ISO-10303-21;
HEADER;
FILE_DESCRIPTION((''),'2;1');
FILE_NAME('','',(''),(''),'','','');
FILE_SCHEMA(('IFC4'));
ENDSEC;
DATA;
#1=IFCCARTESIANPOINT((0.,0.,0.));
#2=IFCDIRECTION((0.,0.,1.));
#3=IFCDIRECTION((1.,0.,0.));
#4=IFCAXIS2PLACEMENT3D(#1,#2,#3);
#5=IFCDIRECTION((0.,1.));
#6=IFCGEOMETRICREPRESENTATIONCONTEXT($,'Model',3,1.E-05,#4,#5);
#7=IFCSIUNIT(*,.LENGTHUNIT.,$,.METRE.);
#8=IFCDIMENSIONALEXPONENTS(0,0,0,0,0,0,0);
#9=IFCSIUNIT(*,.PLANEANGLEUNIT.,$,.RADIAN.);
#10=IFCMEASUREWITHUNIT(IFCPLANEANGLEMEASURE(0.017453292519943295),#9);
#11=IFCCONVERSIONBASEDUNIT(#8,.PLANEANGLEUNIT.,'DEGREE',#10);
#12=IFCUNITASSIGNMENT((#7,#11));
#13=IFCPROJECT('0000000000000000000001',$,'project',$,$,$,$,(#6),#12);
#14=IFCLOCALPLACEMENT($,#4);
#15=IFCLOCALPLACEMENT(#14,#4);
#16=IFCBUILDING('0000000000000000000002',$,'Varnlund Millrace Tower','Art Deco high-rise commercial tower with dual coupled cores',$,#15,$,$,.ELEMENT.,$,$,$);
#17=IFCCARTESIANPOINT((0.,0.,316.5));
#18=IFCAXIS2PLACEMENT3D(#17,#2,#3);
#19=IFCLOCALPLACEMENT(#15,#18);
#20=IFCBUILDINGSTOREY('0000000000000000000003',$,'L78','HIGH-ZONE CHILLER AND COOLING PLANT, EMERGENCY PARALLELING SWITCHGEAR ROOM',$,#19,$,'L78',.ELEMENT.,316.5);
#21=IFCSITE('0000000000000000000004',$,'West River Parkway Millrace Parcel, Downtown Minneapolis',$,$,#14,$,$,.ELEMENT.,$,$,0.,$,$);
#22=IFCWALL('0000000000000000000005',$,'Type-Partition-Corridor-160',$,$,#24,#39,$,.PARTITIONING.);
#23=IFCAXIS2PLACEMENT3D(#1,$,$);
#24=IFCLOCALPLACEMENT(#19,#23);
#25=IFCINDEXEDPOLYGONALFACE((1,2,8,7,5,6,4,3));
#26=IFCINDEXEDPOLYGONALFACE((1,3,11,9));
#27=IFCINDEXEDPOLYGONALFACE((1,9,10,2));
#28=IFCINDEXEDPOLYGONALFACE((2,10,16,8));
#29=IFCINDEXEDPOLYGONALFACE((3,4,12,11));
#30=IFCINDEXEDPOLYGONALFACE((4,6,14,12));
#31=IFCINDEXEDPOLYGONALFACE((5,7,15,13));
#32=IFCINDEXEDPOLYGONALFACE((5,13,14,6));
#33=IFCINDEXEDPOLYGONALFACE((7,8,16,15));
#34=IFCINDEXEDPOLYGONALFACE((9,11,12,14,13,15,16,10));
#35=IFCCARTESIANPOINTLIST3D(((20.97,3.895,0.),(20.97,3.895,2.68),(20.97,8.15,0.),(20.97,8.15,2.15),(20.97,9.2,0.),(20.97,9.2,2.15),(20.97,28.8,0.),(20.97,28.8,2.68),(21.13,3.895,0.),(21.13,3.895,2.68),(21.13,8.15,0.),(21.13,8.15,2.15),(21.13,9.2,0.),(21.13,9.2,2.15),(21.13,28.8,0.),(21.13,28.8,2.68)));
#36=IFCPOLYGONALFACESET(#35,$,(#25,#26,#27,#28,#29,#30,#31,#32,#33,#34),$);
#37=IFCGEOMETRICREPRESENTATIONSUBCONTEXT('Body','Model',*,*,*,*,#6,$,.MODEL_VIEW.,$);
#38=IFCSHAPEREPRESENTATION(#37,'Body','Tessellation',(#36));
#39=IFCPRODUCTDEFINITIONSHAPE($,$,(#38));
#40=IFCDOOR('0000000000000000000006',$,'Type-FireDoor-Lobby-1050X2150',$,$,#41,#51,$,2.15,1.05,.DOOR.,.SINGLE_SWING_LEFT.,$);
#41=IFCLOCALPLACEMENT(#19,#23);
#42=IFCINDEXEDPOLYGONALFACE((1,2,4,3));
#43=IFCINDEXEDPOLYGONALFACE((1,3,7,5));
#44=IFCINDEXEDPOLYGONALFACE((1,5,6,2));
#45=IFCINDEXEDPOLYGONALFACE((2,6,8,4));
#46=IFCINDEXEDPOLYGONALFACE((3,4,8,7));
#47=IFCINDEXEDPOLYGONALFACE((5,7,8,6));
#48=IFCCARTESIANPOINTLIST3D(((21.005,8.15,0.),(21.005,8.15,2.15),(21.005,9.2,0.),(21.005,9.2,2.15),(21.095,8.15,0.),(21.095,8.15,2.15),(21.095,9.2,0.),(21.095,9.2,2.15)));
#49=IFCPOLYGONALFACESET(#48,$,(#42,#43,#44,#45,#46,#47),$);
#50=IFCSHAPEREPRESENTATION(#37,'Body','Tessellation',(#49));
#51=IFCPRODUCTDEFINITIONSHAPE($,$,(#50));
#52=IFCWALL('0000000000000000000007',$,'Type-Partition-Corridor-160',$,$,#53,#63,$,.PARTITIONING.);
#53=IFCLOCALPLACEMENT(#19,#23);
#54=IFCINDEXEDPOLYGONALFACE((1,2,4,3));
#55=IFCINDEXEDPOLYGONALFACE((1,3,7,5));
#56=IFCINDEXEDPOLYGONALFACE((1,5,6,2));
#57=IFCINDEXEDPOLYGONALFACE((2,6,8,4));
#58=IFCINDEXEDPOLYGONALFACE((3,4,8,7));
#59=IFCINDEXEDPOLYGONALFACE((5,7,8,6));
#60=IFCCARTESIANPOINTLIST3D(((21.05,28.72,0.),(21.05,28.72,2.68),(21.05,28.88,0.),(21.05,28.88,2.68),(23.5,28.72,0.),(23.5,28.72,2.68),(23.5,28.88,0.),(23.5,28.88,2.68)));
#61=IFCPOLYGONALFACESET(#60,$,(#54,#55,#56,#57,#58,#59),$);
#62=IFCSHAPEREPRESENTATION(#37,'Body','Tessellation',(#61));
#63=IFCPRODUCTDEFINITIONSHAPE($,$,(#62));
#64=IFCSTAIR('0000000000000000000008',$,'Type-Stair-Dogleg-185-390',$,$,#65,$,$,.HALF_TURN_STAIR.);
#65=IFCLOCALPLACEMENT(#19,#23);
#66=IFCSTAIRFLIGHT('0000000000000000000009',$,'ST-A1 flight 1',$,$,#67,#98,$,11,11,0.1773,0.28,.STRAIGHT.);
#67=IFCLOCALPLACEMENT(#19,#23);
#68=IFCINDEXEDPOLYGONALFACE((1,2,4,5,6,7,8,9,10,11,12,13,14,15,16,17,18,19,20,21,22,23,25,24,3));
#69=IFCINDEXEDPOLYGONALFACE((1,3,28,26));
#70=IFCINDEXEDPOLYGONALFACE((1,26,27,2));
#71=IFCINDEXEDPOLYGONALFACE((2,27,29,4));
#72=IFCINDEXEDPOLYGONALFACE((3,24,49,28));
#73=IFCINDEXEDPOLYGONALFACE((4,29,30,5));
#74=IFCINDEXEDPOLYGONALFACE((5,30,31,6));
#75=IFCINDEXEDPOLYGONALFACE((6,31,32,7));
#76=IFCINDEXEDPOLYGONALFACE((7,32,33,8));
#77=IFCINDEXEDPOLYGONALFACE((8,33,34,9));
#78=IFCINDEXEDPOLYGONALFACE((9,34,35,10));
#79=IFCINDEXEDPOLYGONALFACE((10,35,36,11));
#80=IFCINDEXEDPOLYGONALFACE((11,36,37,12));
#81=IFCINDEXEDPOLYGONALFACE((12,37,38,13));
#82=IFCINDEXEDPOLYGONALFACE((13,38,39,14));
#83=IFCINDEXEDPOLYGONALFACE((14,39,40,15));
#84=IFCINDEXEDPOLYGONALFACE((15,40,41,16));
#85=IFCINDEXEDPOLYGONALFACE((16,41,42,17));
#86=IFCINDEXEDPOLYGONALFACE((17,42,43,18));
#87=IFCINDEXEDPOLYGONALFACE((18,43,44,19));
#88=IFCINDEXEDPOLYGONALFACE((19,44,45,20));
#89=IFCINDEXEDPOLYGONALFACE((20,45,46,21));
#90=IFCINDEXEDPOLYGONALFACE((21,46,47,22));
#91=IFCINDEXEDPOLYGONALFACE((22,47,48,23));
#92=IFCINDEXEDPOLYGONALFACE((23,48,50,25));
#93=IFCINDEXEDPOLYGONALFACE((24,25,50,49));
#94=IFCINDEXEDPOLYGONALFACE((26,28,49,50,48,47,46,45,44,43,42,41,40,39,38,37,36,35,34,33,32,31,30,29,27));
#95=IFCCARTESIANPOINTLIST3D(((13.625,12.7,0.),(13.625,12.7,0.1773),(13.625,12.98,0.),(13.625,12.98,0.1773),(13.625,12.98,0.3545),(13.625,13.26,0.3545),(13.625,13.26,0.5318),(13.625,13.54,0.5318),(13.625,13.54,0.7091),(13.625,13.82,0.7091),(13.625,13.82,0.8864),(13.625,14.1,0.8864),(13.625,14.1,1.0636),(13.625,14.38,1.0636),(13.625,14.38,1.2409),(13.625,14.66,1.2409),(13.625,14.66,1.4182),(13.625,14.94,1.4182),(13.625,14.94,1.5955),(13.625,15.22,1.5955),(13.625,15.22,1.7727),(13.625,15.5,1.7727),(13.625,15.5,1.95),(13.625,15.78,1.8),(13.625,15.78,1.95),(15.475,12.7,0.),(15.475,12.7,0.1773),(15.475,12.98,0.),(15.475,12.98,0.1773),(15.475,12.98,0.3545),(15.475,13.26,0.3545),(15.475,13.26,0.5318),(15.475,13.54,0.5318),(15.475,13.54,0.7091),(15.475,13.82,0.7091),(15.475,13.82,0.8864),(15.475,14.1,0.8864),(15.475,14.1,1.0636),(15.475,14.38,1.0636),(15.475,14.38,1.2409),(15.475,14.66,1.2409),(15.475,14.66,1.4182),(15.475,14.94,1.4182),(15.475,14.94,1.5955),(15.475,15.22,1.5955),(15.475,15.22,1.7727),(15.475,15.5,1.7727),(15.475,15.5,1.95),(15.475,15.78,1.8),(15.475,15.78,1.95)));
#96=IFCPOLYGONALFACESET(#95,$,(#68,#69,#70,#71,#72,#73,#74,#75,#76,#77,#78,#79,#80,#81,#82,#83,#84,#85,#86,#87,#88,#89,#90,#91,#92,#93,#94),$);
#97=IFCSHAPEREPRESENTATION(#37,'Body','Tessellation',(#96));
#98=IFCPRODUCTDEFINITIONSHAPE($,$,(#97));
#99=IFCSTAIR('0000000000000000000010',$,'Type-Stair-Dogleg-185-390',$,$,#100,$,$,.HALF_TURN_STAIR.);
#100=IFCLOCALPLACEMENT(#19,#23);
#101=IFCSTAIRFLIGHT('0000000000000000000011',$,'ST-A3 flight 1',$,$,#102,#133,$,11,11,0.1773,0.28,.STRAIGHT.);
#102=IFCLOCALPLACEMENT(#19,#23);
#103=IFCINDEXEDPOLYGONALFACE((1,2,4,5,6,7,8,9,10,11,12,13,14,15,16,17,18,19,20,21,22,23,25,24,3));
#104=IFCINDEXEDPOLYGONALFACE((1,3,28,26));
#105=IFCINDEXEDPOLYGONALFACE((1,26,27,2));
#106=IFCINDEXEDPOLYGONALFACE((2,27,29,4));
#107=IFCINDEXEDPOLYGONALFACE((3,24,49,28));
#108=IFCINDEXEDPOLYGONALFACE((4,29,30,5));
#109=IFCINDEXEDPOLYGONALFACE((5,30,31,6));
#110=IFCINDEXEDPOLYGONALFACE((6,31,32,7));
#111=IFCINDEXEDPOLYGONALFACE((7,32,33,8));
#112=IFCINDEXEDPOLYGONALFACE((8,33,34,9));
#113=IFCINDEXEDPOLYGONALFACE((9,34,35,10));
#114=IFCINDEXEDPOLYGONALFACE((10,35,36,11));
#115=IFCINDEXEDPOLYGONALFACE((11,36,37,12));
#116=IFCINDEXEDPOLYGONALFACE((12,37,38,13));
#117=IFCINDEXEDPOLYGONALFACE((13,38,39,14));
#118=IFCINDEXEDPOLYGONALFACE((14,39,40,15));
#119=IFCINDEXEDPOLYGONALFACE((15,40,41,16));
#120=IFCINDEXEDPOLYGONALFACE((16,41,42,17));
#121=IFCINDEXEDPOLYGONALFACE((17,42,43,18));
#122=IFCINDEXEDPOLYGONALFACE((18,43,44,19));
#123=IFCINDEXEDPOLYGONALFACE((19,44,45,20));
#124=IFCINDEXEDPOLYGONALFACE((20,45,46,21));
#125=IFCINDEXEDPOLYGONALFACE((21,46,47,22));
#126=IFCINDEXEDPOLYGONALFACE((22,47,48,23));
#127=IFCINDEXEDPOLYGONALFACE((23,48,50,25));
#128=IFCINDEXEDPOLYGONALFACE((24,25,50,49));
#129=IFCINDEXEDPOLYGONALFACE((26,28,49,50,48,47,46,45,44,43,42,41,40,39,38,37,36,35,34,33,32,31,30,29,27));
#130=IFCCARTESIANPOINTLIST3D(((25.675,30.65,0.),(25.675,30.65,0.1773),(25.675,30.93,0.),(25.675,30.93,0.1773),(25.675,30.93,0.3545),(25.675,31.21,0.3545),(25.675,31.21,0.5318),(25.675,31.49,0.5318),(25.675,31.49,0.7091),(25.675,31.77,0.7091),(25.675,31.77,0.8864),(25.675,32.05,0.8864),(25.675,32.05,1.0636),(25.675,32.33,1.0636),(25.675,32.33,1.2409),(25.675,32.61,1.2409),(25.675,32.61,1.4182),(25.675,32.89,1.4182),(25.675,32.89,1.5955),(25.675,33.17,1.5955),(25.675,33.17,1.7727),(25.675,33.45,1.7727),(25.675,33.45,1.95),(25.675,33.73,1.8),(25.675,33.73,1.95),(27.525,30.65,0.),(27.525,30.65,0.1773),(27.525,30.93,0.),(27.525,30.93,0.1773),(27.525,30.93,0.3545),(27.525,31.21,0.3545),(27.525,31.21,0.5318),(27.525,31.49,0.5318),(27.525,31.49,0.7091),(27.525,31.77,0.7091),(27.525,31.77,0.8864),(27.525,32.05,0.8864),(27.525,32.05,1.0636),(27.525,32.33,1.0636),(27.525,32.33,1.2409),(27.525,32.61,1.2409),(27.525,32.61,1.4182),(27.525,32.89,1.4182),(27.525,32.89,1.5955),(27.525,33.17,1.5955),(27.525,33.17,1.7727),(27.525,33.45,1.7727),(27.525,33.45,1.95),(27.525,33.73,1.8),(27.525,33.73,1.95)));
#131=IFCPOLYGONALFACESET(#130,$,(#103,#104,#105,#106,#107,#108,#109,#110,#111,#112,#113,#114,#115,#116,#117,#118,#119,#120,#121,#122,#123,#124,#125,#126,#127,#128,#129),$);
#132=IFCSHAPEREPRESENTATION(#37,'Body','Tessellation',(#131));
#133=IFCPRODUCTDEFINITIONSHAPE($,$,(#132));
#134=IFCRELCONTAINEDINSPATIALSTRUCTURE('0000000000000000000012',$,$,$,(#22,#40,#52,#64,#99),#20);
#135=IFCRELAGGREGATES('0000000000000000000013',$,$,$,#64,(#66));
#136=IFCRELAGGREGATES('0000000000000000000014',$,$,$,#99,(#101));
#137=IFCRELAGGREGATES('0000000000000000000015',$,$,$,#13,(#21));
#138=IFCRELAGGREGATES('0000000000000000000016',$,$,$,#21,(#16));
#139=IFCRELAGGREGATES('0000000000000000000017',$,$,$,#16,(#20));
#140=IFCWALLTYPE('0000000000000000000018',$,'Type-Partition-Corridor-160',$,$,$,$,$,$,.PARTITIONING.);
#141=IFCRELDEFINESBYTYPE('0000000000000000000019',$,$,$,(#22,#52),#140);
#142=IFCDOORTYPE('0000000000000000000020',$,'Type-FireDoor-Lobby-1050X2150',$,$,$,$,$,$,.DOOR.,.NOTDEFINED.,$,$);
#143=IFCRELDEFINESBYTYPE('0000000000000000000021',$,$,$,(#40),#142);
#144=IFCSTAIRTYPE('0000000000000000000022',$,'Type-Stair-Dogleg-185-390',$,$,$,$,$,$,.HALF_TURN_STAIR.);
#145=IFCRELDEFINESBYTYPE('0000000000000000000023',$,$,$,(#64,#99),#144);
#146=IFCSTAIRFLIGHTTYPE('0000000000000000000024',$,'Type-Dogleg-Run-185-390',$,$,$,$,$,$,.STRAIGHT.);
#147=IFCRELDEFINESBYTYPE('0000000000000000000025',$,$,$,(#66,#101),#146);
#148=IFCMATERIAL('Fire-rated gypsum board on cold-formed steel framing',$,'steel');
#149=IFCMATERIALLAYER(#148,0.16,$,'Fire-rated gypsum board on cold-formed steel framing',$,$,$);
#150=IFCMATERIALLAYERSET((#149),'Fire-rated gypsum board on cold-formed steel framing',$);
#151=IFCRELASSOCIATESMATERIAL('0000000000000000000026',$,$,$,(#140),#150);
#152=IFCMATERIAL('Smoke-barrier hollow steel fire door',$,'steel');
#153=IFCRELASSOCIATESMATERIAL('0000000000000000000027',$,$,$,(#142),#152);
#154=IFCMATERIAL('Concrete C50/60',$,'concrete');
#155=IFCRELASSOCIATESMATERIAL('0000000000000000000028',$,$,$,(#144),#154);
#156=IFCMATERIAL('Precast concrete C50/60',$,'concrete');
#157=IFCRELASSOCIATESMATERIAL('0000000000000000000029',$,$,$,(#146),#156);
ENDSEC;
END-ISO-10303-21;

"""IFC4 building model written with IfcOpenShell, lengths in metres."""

from ifc_helpers import new_model, entity, si_unit, converted_unit, direction, frame, origin_with_axes, origin_2d_with_axis, place, context, subcontext, project, spatial, polyline, rectangle, outline, extrude, material, layer, layer_set, type_object, element, fill, aggregate, save


model = new_model("IFC4")

# Units and contexts
model_context = context("Model", 3, precision=1e-05, world=origin_with_axes(), true_north=direction((0.0, 1.0)))
body_context = subcontext(model_context, "Body", "Model", "MODEL_VIEW")
ifc_project = project(units=[si_unit("LENGTHUNIT", "METRE"), converted_unit("PLANEANGLEUNIT", "DEGREE", entity("IfcPlaneAngleMeasure", 0.017453292519943295), si_unit("PLANEANGLEUNIT", "RADIAN"), dimensions=[0, 0, 0, 0, 0, 0, 0])], contexts=[model_context])

# Site, building, storey
site_placement = place(None, origin_with_axes())
site = spatial("IfcSite", under=ifc_project, at=site_placement, Name="West River Parkway Millrace Parcel, Downtown Minneapolis", CompositionType="ELEMENT", RefElevation=0.0)
building_placement = place(site_placement, origin_with_axes())
building = spatial("IfcBuilding", under=site, at=building_placement, Name="Varnlund Millrace Tower", Description="Art Deco high-rise commercial tower with dual coupled cores", CompositionType="ELEMENT")
storey_placement = place(building_placement, frame((0.0, 0.0, 316.5), z_axis=(0.0, 0.0, 1.0), x_axis=(1.0, 0.0, 0.0)))
storey = spatial("IfcBuildingStorey", under=building, at=storey_placement, Name="L78", Description="HIGH-ZONE CHILLER AND COOLING PLANT, EMERGENCY PARALLELING SWITCHGEAR ROOM", LongName="L78", CompositionType="ELEMENT", Elevation=316.5)

# Shared definitions
ifc_material_1 = material(Name="Precast concrete C50/60", Category="concrete")
ifc_material_2 = material(Name="Fire-rated gypsum board on cold-formed steel framing", Category="steel")
ifc_layer_1 = layer(ifc_material_2, 0.16, Name="Fire-rated gypsum board on cold-formed steel framing")
ifc_layer_set_1 = layer_set([ifc_layer_1], Name="Fire-rated gypsum board on cold-formed steel framing")
wall_type_1 = type_object("IfcWallType", Name="Type-Partition-Corridor-160", PredefinedType="PARTITIONING", material=ifc_layer_set_1)

# Wall, opening, door
wall_1_placement = place(storey_placement, frame((21.05, 3.895, 0.0), z_axis=(0.0, 0.0, 1.0), x_axis=(0.0, 1.0, 0.0)))
wall_1 = element("IfcWall", 1, at=wall_1_placement, inside=storey, type_object=wall_type_1, Name="Type-Partition-Corridor-160", PredefinedType="PARTITIONING", context=body_context, shape_type="SweptSolid", body=[
    extrude(outline(polyline([(0.0, -0.08), (24.905, -0.08), (24.905, 0.08), (0.0, 0.08), (0.0, -0.08)])), origin_with_axes(), (0.0, 0.0, 1.0), 2.68),
])
opening_placement = place(wall_1_placement, frame((4.78, 0.0, 0.0), z_axis=(0.0, 0.0, 1.0), x_axis=(1.0, 0.0, 0.0)))
opening = element("IfcOpeningElement", 2, at=opening_placement, cuts=wall_1, PredefinedType="OPENING", context=body_context, shape_type="SweptSolid", body=[
    extrude(rectangle(XDim=1.05, YDim=0.18, at=origin_2d_with_axis()), origin_with_axes(), (0.0, 0.0, 1.0), 2.15),
])
ifc_material_3 = material(Name="Smoke-barrier hollow steel fire door", Category="steel")
door_type = type_object("IfcDoorType", Name="Type-FireDoor-Lobby-1050X2150", OperationType="NOTDEFINED", PredefinedType="DOOR", material=ifc_material_3)
door_placement = place(wall_1_placement, frame((4.78, 0.0, 0.0), z_axis=(0.0, 0.0, 1.0), x_axis=(1.0, 0.0, 0.0)))
door = element("IfcDoor", 3, at=door_placement, inside=storey, type_object=door_type, Name="Type-FireDoor-Lobby-1050X2150", OperationType="SINGLE_SWING_LEFT", OverallHeight=2.15, OverallWidth=1.05, PredefinedType="DOOR", context=body_context, shape_type="SweptSolid", body=[
    extrude(rectangle(XDim=1.05, YDim=0.09, at=origin_2d_with_axis()), origin_with_axes(), (0.0, 0.0, 1.0), 2.15),
])
fill(opening, door)

# Wall
wall_2_placement = place(storey_placement, frame((21.05, 28.8, 0.0), z_axis=(0.0, 0.0, 1.0), x_axis=(1.0, 0.0, 0.0)))
element("IfcWall", 4, at=wall_2_placement, inside=storey, type_object=wall_type_1, Name="Type-Partition-Corridor-160", PredefinedType="PARTITIONING", context=body_context, shape_type="SweptSolid", body=[
    extrude(outline(polyline([(0.0, -0.08), (2.45, -0.08), (2.45, 0.08), (0.0, 0.08), (0.0, -0.08)])), origin_with_axes(), (0.0, 0.0, 1.0), 2.68),
])

# Stairs, stair flights
ifc_material_4 = material(Name="Concrete C50/60", Category="concrete")
stair_type = type_object("IfcStairType", Name="Type-Stair-Dogleg-185-390", PredefinedType="HALF_TURN_STAIR", material=ifc_material_4)
stair_1_placement = place(storey_placement, origin_with_axes())
stair_1 = element("IfcStair", 5, at=stair_1_placement, inside=storey, type_object=stair_type, Name="Type-Stair-Dogleg-185-390", PredefinedType="HALF_TURN_STAIR")
stair_flight_type = type_object("IfcStairFlightType", Name="Type-Dogleg-Run-185-390", PredefinedType="STRAIGHT", material=ifc_material_1)
stair_flight_1_placement = place(storey_placement, frame((13.625, 12.7, 0.0), z_axis=(1.0, 0.0, 0.0), x_axis=(0.0, 1.0, 0.0)))
stair_flight_1 = element("IfcStairFlight", 6, at=stair_flight_1_placement, type_object=stair_flight_type, Name="ST-A1 flight 1", NumberOfRisers=11, NumberOfTreads=11, PredefinedType="STRAIGHT", RiserHeight=0.1773, TreadLength=0.28, context=body_context, shape_type="SweptSolid", body=[
    extrude(outline(polyline([(0.0, 0.0), (0.0, 0.1773), (0.28, 0.1773), (0.28, 0.3545), (0.56, 0.3545), (0.56, 0.5318), (0.84, 0.5318), (0.84, 0.7091), (1.12, 0.7091), (1.12, 0.8864), (1.4, 0.8864), (1.4, 1.0636), (1.68, 1.0636), (1.68, 1.2409), (1.96, 1.2409), (1.96, 1.4182), (2.24, 1.4182), (2.24, 1.5955), (2.52, 1.5955), (2.52, 1.7727), (2.8, 1.7727), (2.8, 1.95), (3.08, 1.95), (3.08, 1.8), (0.28, 0.0), (0.0, 0.0)])), origin_with_axes(), (0.0, 0.0, 1.0), 1.85),
])
aggregate(stair_1, [stair_flight_1])
stair_2_placement = place(storey_placement, origin_with_axes())
stair_2 = element("IfcStair", 7, at=stair_2_placement, inside=storey, type_object=stair_type, Name="Type-Stair-Dogleg-185-390", PredefinedType="HALF_TURN_STAIR")
stair_flight_2_placement = place(storey_placement, frame((25.675, 30.65, 0.0), z_axis=(1.0, 0.0, 0.0), x_axis=(0.0, 1.0, 0.0)))
stair_flight_2 = element("IfcStairFlight", 8, at=stair_flight_2_placement, type_object=stair_flight_type, Name="ST-A3 flight 1", NumberOfRisers=11, NumberOfTreads=11, PredefinedType="STRAIGHT", RiserHeight=0.1773, TreadLength=0.28, context=body_context, shape_type="SweptSolid", body=[
    extrude(outline(polyline([(0.0, 0.0), (0.0, 0.1773), (0.28, 0.1773), (0.28, 0.3545), (0.56, 0.3545), (0.56, 0.5318), (0.84, 0.5318), (0.84, 0.7091), (1.12, 0.7091), (1.12, 0.8864), (1.4, 0.8864), (1.4, 1.0636), (1.68, 1.0636), (1.68, 1.2409), (1.96, 1.2409), (1.96, 1.4182), (2.24, 1.4182), (2.24, 1.5955), (2.52, 1.5955), (2.52, 1.7727), (2.8, 1.7727), (2.8, 1.95), (3.08, 1.95), (3.08, 1.8), (0.28, 0.0), (0.0, 0.0)])), origin_with_axes(), (0.0, 0.0, 1.0), 1.85),
])
aggregate(stair_2, [stair_flight_2])

save(model, "model.ifc")
